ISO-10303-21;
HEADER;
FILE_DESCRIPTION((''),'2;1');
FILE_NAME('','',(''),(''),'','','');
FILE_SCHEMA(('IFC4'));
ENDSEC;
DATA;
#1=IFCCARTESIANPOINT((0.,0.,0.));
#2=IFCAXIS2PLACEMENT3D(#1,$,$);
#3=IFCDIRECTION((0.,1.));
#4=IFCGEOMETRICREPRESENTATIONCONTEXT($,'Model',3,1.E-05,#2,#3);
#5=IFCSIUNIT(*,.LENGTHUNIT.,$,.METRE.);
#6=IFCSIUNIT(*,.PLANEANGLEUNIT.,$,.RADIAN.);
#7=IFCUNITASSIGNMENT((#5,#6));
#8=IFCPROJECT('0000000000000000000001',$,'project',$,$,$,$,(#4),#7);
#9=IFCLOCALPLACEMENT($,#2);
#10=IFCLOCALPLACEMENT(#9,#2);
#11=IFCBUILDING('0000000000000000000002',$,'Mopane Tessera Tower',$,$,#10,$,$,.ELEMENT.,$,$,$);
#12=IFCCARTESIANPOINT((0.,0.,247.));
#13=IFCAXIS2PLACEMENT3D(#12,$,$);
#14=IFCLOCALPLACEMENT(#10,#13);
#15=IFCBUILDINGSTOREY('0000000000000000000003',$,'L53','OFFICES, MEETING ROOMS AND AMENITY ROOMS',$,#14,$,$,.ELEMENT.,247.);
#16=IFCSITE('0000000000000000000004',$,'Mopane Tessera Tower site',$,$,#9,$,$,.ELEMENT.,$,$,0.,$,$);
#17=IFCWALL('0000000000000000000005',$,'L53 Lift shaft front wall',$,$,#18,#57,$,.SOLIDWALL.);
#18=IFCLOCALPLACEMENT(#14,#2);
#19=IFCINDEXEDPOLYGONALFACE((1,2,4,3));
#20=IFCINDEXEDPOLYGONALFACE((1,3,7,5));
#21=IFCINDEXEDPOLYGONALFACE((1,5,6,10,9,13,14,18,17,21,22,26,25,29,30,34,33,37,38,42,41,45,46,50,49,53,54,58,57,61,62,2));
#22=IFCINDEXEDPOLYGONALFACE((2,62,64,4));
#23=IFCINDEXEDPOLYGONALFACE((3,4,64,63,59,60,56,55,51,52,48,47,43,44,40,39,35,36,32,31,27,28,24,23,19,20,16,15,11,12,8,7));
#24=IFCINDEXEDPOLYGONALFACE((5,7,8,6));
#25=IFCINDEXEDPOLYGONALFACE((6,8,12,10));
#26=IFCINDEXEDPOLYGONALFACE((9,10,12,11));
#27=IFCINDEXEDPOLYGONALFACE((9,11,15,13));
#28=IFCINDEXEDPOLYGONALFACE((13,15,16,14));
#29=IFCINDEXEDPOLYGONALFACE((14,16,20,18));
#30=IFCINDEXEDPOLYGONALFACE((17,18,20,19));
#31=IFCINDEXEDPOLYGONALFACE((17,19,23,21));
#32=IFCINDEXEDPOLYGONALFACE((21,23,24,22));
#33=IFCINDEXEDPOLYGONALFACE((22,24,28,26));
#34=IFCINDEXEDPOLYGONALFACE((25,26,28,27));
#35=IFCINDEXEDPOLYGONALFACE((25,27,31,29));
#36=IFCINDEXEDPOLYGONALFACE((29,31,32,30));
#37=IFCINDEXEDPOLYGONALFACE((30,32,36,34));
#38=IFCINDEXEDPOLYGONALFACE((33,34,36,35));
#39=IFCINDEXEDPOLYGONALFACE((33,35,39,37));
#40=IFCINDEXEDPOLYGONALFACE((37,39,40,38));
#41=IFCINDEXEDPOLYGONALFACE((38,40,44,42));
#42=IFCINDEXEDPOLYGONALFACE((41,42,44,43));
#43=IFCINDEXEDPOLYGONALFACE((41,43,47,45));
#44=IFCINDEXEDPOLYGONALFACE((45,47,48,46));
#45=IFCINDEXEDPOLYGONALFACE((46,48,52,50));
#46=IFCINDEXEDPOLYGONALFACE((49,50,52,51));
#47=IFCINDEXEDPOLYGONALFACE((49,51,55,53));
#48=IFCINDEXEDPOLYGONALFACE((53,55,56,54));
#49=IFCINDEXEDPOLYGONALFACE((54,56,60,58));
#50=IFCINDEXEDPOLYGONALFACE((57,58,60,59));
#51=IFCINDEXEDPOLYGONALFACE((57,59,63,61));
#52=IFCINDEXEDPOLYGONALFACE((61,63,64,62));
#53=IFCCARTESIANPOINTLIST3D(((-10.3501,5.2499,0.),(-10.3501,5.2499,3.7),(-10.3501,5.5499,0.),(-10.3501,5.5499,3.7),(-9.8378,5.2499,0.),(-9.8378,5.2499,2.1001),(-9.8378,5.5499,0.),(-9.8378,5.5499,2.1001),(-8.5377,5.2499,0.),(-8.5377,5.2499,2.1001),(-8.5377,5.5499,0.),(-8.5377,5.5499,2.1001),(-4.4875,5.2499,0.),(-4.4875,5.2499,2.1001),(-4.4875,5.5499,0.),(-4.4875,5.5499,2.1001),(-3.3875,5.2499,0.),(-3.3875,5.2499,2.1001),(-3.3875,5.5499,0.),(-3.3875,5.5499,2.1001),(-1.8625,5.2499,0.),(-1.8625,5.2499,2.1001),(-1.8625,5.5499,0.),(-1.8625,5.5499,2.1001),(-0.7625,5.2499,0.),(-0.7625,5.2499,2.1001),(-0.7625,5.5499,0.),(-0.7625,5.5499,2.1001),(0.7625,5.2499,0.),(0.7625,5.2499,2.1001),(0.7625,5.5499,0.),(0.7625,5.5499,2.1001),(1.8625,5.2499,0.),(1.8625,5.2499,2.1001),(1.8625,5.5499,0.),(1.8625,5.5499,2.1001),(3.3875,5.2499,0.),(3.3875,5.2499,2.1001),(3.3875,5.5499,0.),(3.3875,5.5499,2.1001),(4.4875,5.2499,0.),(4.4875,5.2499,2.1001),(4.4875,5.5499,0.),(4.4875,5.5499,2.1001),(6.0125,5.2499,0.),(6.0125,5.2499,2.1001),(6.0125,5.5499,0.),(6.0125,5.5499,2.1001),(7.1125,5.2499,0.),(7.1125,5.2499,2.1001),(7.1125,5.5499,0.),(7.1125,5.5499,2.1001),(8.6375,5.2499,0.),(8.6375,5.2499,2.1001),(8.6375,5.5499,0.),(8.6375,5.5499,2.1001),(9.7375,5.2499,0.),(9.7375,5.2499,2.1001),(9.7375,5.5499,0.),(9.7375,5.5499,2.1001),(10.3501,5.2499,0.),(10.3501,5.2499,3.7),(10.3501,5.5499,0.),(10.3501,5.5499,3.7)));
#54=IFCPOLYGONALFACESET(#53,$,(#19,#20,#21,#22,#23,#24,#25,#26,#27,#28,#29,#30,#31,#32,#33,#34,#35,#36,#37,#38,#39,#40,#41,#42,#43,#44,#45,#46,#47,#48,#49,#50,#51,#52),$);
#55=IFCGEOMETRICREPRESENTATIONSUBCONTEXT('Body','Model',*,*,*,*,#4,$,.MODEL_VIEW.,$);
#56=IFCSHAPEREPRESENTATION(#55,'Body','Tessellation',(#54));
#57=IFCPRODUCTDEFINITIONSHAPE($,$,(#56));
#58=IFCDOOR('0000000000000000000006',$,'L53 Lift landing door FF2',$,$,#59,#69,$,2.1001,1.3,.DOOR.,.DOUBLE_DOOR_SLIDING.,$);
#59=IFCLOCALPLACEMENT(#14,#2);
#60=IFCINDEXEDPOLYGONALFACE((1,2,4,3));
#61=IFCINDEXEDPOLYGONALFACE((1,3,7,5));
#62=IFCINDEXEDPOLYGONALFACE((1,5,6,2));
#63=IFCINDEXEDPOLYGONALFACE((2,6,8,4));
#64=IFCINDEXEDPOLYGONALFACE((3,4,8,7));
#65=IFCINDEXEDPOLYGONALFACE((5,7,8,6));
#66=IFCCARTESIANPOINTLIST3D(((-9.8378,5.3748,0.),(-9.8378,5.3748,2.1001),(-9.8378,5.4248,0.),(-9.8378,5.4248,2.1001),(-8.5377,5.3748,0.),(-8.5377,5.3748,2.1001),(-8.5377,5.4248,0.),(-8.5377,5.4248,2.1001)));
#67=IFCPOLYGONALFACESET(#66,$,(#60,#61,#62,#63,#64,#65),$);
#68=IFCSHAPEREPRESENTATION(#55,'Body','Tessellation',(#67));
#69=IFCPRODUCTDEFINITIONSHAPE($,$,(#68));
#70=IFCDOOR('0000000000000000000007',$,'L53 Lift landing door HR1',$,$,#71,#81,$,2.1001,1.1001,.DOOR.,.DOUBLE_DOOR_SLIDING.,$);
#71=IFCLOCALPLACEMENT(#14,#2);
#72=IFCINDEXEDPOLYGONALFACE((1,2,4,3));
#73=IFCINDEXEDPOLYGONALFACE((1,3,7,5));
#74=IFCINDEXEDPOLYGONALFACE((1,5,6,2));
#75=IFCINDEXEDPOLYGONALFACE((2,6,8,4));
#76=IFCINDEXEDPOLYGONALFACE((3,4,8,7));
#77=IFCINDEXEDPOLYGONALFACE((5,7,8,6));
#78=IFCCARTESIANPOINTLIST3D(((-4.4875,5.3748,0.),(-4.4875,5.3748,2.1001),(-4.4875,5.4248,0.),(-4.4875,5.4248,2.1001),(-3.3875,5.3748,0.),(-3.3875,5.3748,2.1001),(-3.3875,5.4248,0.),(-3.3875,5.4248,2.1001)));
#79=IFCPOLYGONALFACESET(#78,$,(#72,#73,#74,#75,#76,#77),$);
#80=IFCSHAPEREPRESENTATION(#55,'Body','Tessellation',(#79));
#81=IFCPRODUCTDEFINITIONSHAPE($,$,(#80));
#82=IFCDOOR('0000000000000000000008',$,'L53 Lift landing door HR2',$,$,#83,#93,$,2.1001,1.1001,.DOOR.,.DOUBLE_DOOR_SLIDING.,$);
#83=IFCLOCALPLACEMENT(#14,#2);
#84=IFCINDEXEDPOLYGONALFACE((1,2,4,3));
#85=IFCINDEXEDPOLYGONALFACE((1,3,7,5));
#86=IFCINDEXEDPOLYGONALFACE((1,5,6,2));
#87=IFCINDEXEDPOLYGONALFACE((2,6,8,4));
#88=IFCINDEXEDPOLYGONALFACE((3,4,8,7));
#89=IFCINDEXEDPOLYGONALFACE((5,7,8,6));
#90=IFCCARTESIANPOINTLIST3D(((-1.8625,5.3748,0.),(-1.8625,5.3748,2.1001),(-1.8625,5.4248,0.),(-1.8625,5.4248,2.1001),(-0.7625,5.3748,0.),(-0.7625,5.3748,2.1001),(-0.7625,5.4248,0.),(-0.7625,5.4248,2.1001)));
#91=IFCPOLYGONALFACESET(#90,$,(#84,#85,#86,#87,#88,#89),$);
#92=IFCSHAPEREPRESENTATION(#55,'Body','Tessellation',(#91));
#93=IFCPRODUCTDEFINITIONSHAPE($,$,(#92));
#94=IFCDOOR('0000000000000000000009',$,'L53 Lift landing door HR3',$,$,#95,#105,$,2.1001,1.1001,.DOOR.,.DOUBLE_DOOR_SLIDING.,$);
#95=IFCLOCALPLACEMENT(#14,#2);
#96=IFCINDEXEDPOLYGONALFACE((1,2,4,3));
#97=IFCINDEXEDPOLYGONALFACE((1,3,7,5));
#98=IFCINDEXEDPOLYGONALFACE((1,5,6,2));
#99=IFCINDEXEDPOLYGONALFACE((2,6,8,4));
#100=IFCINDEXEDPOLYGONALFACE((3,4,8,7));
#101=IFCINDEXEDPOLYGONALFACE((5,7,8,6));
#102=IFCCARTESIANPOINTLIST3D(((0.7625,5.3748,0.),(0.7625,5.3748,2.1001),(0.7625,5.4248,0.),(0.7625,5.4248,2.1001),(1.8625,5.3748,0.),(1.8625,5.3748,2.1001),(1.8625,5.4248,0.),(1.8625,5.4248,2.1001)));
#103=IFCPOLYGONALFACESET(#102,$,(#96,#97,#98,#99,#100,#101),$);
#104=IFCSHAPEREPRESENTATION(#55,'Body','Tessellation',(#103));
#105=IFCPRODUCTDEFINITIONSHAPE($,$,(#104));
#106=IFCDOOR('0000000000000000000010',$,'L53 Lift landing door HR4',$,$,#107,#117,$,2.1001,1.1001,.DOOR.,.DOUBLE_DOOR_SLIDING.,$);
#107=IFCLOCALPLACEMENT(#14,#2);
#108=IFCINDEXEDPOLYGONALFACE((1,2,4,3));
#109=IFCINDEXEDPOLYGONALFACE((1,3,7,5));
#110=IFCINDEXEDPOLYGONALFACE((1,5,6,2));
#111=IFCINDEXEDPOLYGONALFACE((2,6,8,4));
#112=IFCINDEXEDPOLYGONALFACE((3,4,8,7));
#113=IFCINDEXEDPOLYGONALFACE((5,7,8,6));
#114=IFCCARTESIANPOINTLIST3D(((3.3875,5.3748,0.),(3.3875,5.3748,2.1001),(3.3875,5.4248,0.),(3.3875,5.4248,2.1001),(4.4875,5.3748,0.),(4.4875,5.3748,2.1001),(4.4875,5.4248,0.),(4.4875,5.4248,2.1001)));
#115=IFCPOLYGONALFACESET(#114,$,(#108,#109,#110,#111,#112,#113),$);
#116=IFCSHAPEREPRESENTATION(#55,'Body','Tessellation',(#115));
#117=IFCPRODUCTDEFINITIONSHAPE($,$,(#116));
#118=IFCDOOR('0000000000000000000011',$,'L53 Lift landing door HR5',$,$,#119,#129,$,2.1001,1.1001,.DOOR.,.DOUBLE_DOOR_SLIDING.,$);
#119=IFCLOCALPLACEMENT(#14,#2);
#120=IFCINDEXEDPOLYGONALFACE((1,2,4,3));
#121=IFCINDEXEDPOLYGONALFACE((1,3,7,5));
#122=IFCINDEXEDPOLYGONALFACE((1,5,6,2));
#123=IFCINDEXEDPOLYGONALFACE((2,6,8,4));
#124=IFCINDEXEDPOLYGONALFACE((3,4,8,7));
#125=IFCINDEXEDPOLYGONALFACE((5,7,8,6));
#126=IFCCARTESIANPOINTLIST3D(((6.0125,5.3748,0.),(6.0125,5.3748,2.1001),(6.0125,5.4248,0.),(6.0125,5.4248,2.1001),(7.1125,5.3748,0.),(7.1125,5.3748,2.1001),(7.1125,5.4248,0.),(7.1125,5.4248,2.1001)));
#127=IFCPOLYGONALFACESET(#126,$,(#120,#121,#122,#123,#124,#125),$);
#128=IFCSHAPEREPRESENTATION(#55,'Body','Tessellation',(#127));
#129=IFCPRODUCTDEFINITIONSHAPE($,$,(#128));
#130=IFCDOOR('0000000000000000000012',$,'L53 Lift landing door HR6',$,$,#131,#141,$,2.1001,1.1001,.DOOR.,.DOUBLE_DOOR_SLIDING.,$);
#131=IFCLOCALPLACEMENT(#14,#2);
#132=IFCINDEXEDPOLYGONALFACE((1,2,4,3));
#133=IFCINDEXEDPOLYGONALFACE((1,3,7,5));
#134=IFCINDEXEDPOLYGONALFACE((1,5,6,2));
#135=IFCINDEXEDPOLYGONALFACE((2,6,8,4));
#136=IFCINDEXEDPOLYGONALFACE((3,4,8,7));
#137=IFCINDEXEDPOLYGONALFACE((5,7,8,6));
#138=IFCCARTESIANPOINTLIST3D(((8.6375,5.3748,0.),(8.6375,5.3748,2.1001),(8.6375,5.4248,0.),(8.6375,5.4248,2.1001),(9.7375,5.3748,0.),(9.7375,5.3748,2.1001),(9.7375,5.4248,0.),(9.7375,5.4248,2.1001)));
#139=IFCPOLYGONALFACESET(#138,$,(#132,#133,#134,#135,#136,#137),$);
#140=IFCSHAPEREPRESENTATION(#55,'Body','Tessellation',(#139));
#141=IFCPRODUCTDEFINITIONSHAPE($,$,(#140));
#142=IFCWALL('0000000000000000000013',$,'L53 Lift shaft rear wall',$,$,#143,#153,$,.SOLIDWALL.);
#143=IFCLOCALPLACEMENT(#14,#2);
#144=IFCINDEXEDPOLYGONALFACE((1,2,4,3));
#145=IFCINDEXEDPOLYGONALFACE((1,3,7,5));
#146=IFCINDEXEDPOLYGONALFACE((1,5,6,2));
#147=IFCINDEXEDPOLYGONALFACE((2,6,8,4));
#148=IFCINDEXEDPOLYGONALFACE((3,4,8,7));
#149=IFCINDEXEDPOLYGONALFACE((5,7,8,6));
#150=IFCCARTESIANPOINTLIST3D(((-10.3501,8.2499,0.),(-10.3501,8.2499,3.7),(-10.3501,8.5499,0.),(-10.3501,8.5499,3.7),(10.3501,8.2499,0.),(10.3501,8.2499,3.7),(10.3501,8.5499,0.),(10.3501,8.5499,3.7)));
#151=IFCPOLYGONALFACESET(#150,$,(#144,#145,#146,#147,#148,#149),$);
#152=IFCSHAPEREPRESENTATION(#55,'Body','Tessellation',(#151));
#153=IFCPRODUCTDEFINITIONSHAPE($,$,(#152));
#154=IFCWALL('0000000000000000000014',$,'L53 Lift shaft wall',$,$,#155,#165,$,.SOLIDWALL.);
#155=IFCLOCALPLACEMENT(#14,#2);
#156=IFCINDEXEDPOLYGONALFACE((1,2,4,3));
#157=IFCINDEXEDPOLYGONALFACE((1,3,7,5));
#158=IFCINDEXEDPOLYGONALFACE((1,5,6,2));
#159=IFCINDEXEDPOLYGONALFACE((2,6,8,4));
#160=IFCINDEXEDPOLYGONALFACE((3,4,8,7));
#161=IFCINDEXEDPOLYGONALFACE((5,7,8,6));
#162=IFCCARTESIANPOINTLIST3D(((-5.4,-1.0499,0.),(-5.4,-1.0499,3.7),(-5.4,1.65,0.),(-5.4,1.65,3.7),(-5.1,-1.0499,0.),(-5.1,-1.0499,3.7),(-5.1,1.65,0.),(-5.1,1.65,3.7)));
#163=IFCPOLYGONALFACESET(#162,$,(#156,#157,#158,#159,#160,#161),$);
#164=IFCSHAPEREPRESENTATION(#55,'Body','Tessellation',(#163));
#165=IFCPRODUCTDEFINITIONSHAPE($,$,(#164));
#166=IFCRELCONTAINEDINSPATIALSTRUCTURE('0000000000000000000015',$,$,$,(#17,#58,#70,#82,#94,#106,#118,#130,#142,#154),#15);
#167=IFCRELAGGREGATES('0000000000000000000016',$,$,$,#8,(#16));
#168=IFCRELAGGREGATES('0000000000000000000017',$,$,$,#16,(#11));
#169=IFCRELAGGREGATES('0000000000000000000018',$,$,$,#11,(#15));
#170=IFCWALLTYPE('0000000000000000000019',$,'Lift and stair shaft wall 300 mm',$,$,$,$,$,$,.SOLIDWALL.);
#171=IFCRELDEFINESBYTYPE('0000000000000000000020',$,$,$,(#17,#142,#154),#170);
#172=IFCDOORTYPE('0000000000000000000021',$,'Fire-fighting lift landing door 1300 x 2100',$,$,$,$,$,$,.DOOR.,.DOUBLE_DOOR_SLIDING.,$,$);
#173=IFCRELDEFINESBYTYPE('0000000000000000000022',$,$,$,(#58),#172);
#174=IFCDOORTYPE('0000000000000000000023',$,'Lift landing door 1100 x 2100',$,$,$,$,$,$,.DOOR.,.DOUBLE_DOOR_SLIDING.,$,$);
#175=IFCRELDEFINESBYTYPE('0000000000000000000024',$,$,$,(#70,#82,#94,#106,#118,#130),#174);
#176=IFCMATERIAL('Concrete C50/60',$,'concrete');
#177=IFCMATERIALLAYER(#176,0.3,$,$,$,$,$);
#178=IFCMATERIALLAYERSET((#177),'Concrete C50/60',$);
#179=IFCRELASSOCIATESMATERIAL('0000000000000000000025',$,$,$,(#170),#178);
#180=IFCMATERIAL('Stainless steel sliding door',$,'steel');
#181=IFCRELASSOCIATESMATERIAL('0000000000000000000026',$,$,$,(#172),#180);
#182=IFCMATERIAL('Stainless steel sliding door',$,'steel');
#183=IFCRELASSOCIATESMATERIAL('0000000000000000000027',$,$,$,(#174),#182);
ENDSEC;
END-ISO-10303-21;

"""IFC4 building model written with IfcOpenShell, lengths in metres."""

from ifc_helpers import new_model, si_unit, direction, frame, frame_2d, origin, place, context, subcontext, project, spatial, rectangle, extrude, material, layer, layer_set, type_object, element, fill, save


model = new_model("IFC4")

# Units and contexts
model_context = context("Model", 3, precision=1e-05, world=origin(), true_north=direction((0.0, 1.0)))
body_context = subcontext(model_context, "Body", "Model", "MODEL_VIEW")
ifc_project = project(units=[si_unit("LENGTHUNIT", "METRE"), si_unit("PLANEANGLEUNIT", "RADIAN")], contexts=[model_context])

# Site, building, storey
site_placement = place(None, origin())
site = spatial("IfcSite", under=ifc_project, at=site_placement, Name="Mopane Tessera Tower site", CompositionType="ELEMENT", RefElevation=0.0)
building_placement = place(site_placement, origin())
building = spatial("IfcBuilding", under=site, at=building_placement, Name="Mopane Tessera Tower", CompositionType="ELEMENT")
storey_placement = place(building_placement, frame((0.0, 0.0, 247.0)))
storey = spatial("IfcBuildingStorey", under=building, at=storey_placement, Name="L53", Description="OFFICES, MEETING ROOMS AND AMENITY ROOMS", CompositionType="ELEMENT", Elevation=247.0)

# Wall, openings, doors
ifc_material_1 = material(Name="Concrete C50/60", Category="concrete")
ifc_layer_1 = layer(ifc_material_1, 0.3)
ifc_layer_set_1 = layer_set([ifc_layer_1], Name="Concrete C50/60")
wall_type_1 = type_object("IfcWallType", Name="Lift and stair shaft wall 300 mm", PredefinedType="SOLIDWALL", material=ifc_layer_set_1)
wall_1_placement = place(storey_placement, frame((-10.3501, 5.3999, 0.0), z_axis=(0.0, 0.0, 1.0), x_axis=(1.0, 0.0, 0.0)))
wall_1 = element("IfcWall", 1, at=wall_1_placement, inside=storey, type_object=wall_type_1, Name="L53 Lift shaft front wall", PredefinedType="SOLIDWALL", context=body_context, shape_type="SweptSolid", body=[
    extrude(rectangle(XDim=20.7002, YDim=0.3, at=frame_2d((10.3501, 0.0))), origin(), (0.0, 0.0, 1.0), 3.7),
])
opening_1_placement = place(wall_1_placement, frame((0.5125, 0.0, 0.0)))
opening_1 = element("IfcOpeningElement", 2, at=opening_1_placement, cuts=wall_1, PredefinedType="OPENING", context=body_context, shape_type="SweptSolid", body=[
    extrude(rectangle(XDim=1.3, YDim=2.1001, at=frame_2d((0.6499, 1.05))), frame((0.0, 0.1621, 0.0), z_axis=(0.0, -1.0, 0.0), x_axis=(1.0, 0.0, 0.0)), (0.0, 0.0, 1.0), 0.324),
])
opening_2_placement = place(wall_1_placement, frame((5.8625, 0.0, 0.0)))
opening_2 = element("IfcOpeningElement", 3, at=opening_2_placement, cuts=wall_1, PredefinedType="OPENING", context=body_context, shape_type="SweptSolid", body=[
    extrude(rectangle(XDim=1.1001, YDim=2.1001, at=frame_2d((0.55, 1.05))), frame((0.0, 0.1621, 0.0), z_axis=(0.0, -1.0, 0.0), x_axis=(1.0, 0.0, 0.0)), (0.0, 0.0, 1.0), 0.324),
])
opening_3_placement = place(wall_1_placement, frame((8.4875, 0.0, 0.0)))
opening_3 = element("IfcOpeningElement", 4, at=opening_3_placement, cuts=wall_1, PredefinedType="OPENING", context=body_context, shape_type="SweptSolid", body=[
    extrude(rectangle(XDim=1.1001, YDim=2.1001, at=frame_2d((0.55, 1.05))), frame((0.0, 0.1621, 0.0), z_axis=(0.0, -1.0, 0.0), x_axis=(1.0, 0.0, 0.0)), (0.0, 0.0, 1.0), 0.324),
])
opening_4_placement = place(wall_1_placement, frame((11.1125, 0.0, 0.0)))
opening_4 = element("IfcOpeningElement", 5, at=opening_4_placement, cuts=wall_1, PredefinedType="OPENING", context=body_context, shape_type="SweptSolid", body=[
    extrude(rectangle(XDim=1.1001, YDim=2.1001, at=frame_2d((0.55, 1.05))), frame((0.0, 0.1621, 0.0), z_axis=(0.0, -1.0, 0.0), x_axis=(1.0, 0.0, 0.0)), (0.0, 0.0, 1.0), 0.324),
])
opening_5_placement = place(wall_1_placement, frame((13.7375, 0.0, 0.0)))
opening_5 = element("IfcOpeningElement", 6, at=opening_5_placement, cuts=wall_1, PredefinedType="OPENING", context=body_context, shape_type="SweptSolid", body=[
    extrude(rectangle(XDim=1.1001, YDim=2.1001, at=frame_2d((0.55, 1.05))), frame((0.0, 0.1621, 0.0), z_axis=(0.0, -1.0, 0.0), x_axis=(1.0, 0.0, 0.0)), (0.0, 0.0, 1.0), 0.324),
])
opening_6_placement = place(wall_1_placement, frame((16.3625, 0.0, 0.0)))
opening_6 = element("IfcOpeningElement", 7, at=opening_6_placement, cuts=wall_1, PredefinedType="OPENING", context=body_context, shape_type="SweptSolid", body=[
    extrude(rectangle(XDim=1.1001, YDim=2.1001, at=frame_2d((0.55, 1.05))), frame((0.0, 0.1621, 0.0), z_axis=(0.0, -1.0, 0.0), x_axis=(1.0, 0.0, 0.0)), (0.0, 0.0, 1.0), 0.324),
])
opening_7_placement = place(wall_1_placement, frame((18.9875, 0.0, 0.0)))
opening_7 = element("IfcOpeningElement", 8, at=opening_7_placement, cuts=wall_1, PredefinedType="OPENING", context=body_context, shape_type="SweptSolid", body=[
    extrude(rectangle(XDim=1.1001, YDim=2.1001, at=frame_2d((0.55, 1.05))), frame((0.0, 0.1621, 0.0), z_axis=(0.0, -1.0, 0.0), x_axis=(1.0, 0.0, 0.0)), (0.0, 0.0, 1.0), 0.324),
])
ifc_material_2 = material(Name="Stainless steel sliding door", Category="steel")
door_type_1 = type_object("IfcDoorType", Name="Fire-fighting lift landing door 1300 x 2100", OperationType="DOUBLE_DOOR_SLIDING", PredefinedType="DOOR", material=ifc_material_2)
door_1_placement = place(opening_1_placement, origin())
door_1 = element("IfcDoor", 9, at=door_1_placement, inside=storey, type_object=door_type_1, Name="L53 Lift landing door FF2", OperationType="DOUBLE_DOOR_SLIDING", OverallHeight=2.1001, OverallWidth=1.3, PredefinedType="DOOR", context=body_context, shape_type="SweptSolid", body=[
    extrude(rectangle(XDim=1.3, YDim=2.1001, at=frame_2d((0.6499, 1.05))), frame((0.0, 0.0249, 0.0), z_axis=(0.0, -1.0, 0.0), x_axis=(1.0, 0.0, 0.0)), (0.0, 0.0, 1.0), 0.05),
])
fill(opening_1, door_1)
ifc_material_3 = material(Name="Stainless steel sliding door", Category="steel")
door_type_2 = type_object("IfcDoorType", Name="Lift landing door 1100 x 2100", OperationType="DOUBLE_DOOR_SLIDING", PredefinedType="DOOR", material=ifc_material_3)
door_2_placement = place(opening_2_placement, origin())
door_2 = element("IfcDoor", 10, at=door_2_placement, inside=storey, type_object=door_type_2, Name="L53 Lift landing door HR1", OperationType="DOUBLE_DOOR_SLIDING", OverallHeight=2.1001, OverallWidth=1.1001, PredefinedType="DOOR", context=body_context, shape_type="SweptSolid", body=[
    extrude(rectangle(XDim=1.1001, YDim=2.1001, at=frame_2d((0.55, 1.05))), frame((0.0, 0.0249, 0.0), z_axis=(0.0, -1.0, 0.0), x_axis=(1.0, 0.0, 0.0)), (0.0, 0.0, 1.0), 0.05),
])
fill(opening_2, door_2)
door_3_placement = place(opening_3_placement, origin())
door_3 = element("IfcDoor", 11, at=door_3_placement, inside=storey, type_object=door_type_2, Name="L53 Lift landing door HR2", OperationType="DOUBLE_DOOR_SLIDING", OverallHeight=2.1001, OverallWidth=1.1001, PredefinedType="DOOR", context=body_context, shape_type="SweptSolid", body=[
    extrude(rectangle(XDim=1.1001, YDim=2.1001, at=frame_2d((0.55, 1.05))), frame((0.0, 0.0249, 0.0), z_axis=(0.0, -1.0, 0.0), x_axis=(1.0, 0.0, 0.0)), (0.0, 0.0, 1.0), 0.05),
])
fill(opening_3, door_3)
door_4_placement = place(opening_4_placement, origin())
door_4 = element("IfcDoor", 12, at=door_4_placement, inside=storey, type_object=door_type_2, Name="L53 Lift landing door HR3", OperationType="DOUBLE_DOOR_SLIDING", OverallHeight=2.1001, OverallWidth=1.1001, PredefinedType="DOOR", context=body_context, shape_type="SweptSolid", body=[
    extrude(rectangle(XDim=1.1001, YDim=2.1001, at=frame_2d((0.55, 1.05))), frame((0.0, 0.0249, 0.0), z_axis=(0.0, -1.0, 0.0), x_axis=(1.0, 0.0, 0.0)), (0.0, 0.0, 1.0), 0.05),
])
fill(opening_4, door_4)
door_5_placement = place(opening_5_placement, origin())
door_5 = element("IfcDoor", 13, at=door_5_placement, inside=storey, type_object=door_type_2, Name="L53 Lift landing door HR4", OperationType="DOUBLE_DOOR_SLIDING", OverallHeight=2.1001, OverallWidth=1.1001, PredefinedType="DOOR", context=body_context, shape_type="SweptSolid", body=[
    extrude(rectangle(XDim=1.1001, YDim=2.1001, at=frame_2d((0.55, 1.05))), frame((0.0, 0.0249, 0.0), z_axis=(0.0, -1.0, 0.0), x_axis=(1.0, 0.0, 0.0)), (0.0, 0.0, 1.0), 0.05),
])
fill(opening_5, door_5)
door_6_placement = place(opening_6_placement, origin())
door_6 = element("IfcDoor", 14, at=door_6_placement, inside=storey, type_object=door_type_2, Name="L53 Lift landing door HR5", OperationType="DOUBLE_DOOR_SLIDING", OverallHeight=2.1001, OverallWidth=1.1001, PredefinedType="DOOR", context=body_context, shape_type="SweptSolid", body=[
    extrude(rectangle(XDim=1.1001, YDim=2.1001, at=frame_2d((0.55, 1.05))), frame((0.0, 0.0249, 0.0), z_axis=(0.0, -1.0, 0.0), x_axis=(1.0, 0.0, 0.0)), (0.0, 0.0, 1.0), 0.05),
])
fill(opening_6, door_6)
door_7_placement = place(opening_7_placement, origin())
door_7 = element("IfcDoor", 15, at=door_7_placement, inside=storey, type_object=door_type_2, Name="L53 Lift landing door HR6", OperationType="DOUBLE_DOOR_SLIDING", OverallHeight=2.1001, OverallWidth=1.1001, PredefinedType="DOOR", context=body_context, shape_type="SweptSolid", body=[
    extrude(rectangle(XDim=1.1001, YDim=2.1001, at=frame_2d((0.55, 1.05))), frame((0.0, 0.0249, 0.0), z_axis=(0.0, -1.0, 0.0), x_axis=(1.0, 0.0, 0.0)), (0.0, 0.0, 1.0), 0.05),
])
fill(opening_7, door_7)

# Walls
wall_2_placement = place(storey_placement, frame((-10.3501, 8.3999, 0.0), z_axis=(0.0, 0.0, 1.0), x_axis=(1.0, 0.0, 0.0)))
element("IfcWall", 16, at=wall_2_placement, inside=storey, type_object=wall_type_1, Name="L53 Lift shaft rear wall", PredefinedType="SOLIDWALL", context=body_context, shape_type="SweptSolid", body=[
    extrude(rectangle(XDim=20.7002, YDim=0.3, at=frame_2d((10.3501, 0.0))), origin(), (0.0, 0.0, 1.0), 3.7),
])
for number, where, z_axis, x_axis, name in (
    (17, (-5.25, -1.05, 0.0), (0.0, 0.0, 1.0), (0.0, 1.0, 0.0), "L53 Lift shaft wall"),
):
    element("IfcWall", number, at=place(storey_placement, frame(where, z_axis=z_axis, x_axis=x_axis)), inside=storey, type_object=wall_type_1, Name=name, PredefinedType="SOLIDWALL", context=body_context, shape_type="SweptSolid", body=[
        extrude(rectangle(XDim=2.7, YDim=0.3, at=frame_2d((1.3501, 0.0))), origin(), (0.0, 0.0, 1.0), 3.7),
    ])

save(model, "model.ifc")
